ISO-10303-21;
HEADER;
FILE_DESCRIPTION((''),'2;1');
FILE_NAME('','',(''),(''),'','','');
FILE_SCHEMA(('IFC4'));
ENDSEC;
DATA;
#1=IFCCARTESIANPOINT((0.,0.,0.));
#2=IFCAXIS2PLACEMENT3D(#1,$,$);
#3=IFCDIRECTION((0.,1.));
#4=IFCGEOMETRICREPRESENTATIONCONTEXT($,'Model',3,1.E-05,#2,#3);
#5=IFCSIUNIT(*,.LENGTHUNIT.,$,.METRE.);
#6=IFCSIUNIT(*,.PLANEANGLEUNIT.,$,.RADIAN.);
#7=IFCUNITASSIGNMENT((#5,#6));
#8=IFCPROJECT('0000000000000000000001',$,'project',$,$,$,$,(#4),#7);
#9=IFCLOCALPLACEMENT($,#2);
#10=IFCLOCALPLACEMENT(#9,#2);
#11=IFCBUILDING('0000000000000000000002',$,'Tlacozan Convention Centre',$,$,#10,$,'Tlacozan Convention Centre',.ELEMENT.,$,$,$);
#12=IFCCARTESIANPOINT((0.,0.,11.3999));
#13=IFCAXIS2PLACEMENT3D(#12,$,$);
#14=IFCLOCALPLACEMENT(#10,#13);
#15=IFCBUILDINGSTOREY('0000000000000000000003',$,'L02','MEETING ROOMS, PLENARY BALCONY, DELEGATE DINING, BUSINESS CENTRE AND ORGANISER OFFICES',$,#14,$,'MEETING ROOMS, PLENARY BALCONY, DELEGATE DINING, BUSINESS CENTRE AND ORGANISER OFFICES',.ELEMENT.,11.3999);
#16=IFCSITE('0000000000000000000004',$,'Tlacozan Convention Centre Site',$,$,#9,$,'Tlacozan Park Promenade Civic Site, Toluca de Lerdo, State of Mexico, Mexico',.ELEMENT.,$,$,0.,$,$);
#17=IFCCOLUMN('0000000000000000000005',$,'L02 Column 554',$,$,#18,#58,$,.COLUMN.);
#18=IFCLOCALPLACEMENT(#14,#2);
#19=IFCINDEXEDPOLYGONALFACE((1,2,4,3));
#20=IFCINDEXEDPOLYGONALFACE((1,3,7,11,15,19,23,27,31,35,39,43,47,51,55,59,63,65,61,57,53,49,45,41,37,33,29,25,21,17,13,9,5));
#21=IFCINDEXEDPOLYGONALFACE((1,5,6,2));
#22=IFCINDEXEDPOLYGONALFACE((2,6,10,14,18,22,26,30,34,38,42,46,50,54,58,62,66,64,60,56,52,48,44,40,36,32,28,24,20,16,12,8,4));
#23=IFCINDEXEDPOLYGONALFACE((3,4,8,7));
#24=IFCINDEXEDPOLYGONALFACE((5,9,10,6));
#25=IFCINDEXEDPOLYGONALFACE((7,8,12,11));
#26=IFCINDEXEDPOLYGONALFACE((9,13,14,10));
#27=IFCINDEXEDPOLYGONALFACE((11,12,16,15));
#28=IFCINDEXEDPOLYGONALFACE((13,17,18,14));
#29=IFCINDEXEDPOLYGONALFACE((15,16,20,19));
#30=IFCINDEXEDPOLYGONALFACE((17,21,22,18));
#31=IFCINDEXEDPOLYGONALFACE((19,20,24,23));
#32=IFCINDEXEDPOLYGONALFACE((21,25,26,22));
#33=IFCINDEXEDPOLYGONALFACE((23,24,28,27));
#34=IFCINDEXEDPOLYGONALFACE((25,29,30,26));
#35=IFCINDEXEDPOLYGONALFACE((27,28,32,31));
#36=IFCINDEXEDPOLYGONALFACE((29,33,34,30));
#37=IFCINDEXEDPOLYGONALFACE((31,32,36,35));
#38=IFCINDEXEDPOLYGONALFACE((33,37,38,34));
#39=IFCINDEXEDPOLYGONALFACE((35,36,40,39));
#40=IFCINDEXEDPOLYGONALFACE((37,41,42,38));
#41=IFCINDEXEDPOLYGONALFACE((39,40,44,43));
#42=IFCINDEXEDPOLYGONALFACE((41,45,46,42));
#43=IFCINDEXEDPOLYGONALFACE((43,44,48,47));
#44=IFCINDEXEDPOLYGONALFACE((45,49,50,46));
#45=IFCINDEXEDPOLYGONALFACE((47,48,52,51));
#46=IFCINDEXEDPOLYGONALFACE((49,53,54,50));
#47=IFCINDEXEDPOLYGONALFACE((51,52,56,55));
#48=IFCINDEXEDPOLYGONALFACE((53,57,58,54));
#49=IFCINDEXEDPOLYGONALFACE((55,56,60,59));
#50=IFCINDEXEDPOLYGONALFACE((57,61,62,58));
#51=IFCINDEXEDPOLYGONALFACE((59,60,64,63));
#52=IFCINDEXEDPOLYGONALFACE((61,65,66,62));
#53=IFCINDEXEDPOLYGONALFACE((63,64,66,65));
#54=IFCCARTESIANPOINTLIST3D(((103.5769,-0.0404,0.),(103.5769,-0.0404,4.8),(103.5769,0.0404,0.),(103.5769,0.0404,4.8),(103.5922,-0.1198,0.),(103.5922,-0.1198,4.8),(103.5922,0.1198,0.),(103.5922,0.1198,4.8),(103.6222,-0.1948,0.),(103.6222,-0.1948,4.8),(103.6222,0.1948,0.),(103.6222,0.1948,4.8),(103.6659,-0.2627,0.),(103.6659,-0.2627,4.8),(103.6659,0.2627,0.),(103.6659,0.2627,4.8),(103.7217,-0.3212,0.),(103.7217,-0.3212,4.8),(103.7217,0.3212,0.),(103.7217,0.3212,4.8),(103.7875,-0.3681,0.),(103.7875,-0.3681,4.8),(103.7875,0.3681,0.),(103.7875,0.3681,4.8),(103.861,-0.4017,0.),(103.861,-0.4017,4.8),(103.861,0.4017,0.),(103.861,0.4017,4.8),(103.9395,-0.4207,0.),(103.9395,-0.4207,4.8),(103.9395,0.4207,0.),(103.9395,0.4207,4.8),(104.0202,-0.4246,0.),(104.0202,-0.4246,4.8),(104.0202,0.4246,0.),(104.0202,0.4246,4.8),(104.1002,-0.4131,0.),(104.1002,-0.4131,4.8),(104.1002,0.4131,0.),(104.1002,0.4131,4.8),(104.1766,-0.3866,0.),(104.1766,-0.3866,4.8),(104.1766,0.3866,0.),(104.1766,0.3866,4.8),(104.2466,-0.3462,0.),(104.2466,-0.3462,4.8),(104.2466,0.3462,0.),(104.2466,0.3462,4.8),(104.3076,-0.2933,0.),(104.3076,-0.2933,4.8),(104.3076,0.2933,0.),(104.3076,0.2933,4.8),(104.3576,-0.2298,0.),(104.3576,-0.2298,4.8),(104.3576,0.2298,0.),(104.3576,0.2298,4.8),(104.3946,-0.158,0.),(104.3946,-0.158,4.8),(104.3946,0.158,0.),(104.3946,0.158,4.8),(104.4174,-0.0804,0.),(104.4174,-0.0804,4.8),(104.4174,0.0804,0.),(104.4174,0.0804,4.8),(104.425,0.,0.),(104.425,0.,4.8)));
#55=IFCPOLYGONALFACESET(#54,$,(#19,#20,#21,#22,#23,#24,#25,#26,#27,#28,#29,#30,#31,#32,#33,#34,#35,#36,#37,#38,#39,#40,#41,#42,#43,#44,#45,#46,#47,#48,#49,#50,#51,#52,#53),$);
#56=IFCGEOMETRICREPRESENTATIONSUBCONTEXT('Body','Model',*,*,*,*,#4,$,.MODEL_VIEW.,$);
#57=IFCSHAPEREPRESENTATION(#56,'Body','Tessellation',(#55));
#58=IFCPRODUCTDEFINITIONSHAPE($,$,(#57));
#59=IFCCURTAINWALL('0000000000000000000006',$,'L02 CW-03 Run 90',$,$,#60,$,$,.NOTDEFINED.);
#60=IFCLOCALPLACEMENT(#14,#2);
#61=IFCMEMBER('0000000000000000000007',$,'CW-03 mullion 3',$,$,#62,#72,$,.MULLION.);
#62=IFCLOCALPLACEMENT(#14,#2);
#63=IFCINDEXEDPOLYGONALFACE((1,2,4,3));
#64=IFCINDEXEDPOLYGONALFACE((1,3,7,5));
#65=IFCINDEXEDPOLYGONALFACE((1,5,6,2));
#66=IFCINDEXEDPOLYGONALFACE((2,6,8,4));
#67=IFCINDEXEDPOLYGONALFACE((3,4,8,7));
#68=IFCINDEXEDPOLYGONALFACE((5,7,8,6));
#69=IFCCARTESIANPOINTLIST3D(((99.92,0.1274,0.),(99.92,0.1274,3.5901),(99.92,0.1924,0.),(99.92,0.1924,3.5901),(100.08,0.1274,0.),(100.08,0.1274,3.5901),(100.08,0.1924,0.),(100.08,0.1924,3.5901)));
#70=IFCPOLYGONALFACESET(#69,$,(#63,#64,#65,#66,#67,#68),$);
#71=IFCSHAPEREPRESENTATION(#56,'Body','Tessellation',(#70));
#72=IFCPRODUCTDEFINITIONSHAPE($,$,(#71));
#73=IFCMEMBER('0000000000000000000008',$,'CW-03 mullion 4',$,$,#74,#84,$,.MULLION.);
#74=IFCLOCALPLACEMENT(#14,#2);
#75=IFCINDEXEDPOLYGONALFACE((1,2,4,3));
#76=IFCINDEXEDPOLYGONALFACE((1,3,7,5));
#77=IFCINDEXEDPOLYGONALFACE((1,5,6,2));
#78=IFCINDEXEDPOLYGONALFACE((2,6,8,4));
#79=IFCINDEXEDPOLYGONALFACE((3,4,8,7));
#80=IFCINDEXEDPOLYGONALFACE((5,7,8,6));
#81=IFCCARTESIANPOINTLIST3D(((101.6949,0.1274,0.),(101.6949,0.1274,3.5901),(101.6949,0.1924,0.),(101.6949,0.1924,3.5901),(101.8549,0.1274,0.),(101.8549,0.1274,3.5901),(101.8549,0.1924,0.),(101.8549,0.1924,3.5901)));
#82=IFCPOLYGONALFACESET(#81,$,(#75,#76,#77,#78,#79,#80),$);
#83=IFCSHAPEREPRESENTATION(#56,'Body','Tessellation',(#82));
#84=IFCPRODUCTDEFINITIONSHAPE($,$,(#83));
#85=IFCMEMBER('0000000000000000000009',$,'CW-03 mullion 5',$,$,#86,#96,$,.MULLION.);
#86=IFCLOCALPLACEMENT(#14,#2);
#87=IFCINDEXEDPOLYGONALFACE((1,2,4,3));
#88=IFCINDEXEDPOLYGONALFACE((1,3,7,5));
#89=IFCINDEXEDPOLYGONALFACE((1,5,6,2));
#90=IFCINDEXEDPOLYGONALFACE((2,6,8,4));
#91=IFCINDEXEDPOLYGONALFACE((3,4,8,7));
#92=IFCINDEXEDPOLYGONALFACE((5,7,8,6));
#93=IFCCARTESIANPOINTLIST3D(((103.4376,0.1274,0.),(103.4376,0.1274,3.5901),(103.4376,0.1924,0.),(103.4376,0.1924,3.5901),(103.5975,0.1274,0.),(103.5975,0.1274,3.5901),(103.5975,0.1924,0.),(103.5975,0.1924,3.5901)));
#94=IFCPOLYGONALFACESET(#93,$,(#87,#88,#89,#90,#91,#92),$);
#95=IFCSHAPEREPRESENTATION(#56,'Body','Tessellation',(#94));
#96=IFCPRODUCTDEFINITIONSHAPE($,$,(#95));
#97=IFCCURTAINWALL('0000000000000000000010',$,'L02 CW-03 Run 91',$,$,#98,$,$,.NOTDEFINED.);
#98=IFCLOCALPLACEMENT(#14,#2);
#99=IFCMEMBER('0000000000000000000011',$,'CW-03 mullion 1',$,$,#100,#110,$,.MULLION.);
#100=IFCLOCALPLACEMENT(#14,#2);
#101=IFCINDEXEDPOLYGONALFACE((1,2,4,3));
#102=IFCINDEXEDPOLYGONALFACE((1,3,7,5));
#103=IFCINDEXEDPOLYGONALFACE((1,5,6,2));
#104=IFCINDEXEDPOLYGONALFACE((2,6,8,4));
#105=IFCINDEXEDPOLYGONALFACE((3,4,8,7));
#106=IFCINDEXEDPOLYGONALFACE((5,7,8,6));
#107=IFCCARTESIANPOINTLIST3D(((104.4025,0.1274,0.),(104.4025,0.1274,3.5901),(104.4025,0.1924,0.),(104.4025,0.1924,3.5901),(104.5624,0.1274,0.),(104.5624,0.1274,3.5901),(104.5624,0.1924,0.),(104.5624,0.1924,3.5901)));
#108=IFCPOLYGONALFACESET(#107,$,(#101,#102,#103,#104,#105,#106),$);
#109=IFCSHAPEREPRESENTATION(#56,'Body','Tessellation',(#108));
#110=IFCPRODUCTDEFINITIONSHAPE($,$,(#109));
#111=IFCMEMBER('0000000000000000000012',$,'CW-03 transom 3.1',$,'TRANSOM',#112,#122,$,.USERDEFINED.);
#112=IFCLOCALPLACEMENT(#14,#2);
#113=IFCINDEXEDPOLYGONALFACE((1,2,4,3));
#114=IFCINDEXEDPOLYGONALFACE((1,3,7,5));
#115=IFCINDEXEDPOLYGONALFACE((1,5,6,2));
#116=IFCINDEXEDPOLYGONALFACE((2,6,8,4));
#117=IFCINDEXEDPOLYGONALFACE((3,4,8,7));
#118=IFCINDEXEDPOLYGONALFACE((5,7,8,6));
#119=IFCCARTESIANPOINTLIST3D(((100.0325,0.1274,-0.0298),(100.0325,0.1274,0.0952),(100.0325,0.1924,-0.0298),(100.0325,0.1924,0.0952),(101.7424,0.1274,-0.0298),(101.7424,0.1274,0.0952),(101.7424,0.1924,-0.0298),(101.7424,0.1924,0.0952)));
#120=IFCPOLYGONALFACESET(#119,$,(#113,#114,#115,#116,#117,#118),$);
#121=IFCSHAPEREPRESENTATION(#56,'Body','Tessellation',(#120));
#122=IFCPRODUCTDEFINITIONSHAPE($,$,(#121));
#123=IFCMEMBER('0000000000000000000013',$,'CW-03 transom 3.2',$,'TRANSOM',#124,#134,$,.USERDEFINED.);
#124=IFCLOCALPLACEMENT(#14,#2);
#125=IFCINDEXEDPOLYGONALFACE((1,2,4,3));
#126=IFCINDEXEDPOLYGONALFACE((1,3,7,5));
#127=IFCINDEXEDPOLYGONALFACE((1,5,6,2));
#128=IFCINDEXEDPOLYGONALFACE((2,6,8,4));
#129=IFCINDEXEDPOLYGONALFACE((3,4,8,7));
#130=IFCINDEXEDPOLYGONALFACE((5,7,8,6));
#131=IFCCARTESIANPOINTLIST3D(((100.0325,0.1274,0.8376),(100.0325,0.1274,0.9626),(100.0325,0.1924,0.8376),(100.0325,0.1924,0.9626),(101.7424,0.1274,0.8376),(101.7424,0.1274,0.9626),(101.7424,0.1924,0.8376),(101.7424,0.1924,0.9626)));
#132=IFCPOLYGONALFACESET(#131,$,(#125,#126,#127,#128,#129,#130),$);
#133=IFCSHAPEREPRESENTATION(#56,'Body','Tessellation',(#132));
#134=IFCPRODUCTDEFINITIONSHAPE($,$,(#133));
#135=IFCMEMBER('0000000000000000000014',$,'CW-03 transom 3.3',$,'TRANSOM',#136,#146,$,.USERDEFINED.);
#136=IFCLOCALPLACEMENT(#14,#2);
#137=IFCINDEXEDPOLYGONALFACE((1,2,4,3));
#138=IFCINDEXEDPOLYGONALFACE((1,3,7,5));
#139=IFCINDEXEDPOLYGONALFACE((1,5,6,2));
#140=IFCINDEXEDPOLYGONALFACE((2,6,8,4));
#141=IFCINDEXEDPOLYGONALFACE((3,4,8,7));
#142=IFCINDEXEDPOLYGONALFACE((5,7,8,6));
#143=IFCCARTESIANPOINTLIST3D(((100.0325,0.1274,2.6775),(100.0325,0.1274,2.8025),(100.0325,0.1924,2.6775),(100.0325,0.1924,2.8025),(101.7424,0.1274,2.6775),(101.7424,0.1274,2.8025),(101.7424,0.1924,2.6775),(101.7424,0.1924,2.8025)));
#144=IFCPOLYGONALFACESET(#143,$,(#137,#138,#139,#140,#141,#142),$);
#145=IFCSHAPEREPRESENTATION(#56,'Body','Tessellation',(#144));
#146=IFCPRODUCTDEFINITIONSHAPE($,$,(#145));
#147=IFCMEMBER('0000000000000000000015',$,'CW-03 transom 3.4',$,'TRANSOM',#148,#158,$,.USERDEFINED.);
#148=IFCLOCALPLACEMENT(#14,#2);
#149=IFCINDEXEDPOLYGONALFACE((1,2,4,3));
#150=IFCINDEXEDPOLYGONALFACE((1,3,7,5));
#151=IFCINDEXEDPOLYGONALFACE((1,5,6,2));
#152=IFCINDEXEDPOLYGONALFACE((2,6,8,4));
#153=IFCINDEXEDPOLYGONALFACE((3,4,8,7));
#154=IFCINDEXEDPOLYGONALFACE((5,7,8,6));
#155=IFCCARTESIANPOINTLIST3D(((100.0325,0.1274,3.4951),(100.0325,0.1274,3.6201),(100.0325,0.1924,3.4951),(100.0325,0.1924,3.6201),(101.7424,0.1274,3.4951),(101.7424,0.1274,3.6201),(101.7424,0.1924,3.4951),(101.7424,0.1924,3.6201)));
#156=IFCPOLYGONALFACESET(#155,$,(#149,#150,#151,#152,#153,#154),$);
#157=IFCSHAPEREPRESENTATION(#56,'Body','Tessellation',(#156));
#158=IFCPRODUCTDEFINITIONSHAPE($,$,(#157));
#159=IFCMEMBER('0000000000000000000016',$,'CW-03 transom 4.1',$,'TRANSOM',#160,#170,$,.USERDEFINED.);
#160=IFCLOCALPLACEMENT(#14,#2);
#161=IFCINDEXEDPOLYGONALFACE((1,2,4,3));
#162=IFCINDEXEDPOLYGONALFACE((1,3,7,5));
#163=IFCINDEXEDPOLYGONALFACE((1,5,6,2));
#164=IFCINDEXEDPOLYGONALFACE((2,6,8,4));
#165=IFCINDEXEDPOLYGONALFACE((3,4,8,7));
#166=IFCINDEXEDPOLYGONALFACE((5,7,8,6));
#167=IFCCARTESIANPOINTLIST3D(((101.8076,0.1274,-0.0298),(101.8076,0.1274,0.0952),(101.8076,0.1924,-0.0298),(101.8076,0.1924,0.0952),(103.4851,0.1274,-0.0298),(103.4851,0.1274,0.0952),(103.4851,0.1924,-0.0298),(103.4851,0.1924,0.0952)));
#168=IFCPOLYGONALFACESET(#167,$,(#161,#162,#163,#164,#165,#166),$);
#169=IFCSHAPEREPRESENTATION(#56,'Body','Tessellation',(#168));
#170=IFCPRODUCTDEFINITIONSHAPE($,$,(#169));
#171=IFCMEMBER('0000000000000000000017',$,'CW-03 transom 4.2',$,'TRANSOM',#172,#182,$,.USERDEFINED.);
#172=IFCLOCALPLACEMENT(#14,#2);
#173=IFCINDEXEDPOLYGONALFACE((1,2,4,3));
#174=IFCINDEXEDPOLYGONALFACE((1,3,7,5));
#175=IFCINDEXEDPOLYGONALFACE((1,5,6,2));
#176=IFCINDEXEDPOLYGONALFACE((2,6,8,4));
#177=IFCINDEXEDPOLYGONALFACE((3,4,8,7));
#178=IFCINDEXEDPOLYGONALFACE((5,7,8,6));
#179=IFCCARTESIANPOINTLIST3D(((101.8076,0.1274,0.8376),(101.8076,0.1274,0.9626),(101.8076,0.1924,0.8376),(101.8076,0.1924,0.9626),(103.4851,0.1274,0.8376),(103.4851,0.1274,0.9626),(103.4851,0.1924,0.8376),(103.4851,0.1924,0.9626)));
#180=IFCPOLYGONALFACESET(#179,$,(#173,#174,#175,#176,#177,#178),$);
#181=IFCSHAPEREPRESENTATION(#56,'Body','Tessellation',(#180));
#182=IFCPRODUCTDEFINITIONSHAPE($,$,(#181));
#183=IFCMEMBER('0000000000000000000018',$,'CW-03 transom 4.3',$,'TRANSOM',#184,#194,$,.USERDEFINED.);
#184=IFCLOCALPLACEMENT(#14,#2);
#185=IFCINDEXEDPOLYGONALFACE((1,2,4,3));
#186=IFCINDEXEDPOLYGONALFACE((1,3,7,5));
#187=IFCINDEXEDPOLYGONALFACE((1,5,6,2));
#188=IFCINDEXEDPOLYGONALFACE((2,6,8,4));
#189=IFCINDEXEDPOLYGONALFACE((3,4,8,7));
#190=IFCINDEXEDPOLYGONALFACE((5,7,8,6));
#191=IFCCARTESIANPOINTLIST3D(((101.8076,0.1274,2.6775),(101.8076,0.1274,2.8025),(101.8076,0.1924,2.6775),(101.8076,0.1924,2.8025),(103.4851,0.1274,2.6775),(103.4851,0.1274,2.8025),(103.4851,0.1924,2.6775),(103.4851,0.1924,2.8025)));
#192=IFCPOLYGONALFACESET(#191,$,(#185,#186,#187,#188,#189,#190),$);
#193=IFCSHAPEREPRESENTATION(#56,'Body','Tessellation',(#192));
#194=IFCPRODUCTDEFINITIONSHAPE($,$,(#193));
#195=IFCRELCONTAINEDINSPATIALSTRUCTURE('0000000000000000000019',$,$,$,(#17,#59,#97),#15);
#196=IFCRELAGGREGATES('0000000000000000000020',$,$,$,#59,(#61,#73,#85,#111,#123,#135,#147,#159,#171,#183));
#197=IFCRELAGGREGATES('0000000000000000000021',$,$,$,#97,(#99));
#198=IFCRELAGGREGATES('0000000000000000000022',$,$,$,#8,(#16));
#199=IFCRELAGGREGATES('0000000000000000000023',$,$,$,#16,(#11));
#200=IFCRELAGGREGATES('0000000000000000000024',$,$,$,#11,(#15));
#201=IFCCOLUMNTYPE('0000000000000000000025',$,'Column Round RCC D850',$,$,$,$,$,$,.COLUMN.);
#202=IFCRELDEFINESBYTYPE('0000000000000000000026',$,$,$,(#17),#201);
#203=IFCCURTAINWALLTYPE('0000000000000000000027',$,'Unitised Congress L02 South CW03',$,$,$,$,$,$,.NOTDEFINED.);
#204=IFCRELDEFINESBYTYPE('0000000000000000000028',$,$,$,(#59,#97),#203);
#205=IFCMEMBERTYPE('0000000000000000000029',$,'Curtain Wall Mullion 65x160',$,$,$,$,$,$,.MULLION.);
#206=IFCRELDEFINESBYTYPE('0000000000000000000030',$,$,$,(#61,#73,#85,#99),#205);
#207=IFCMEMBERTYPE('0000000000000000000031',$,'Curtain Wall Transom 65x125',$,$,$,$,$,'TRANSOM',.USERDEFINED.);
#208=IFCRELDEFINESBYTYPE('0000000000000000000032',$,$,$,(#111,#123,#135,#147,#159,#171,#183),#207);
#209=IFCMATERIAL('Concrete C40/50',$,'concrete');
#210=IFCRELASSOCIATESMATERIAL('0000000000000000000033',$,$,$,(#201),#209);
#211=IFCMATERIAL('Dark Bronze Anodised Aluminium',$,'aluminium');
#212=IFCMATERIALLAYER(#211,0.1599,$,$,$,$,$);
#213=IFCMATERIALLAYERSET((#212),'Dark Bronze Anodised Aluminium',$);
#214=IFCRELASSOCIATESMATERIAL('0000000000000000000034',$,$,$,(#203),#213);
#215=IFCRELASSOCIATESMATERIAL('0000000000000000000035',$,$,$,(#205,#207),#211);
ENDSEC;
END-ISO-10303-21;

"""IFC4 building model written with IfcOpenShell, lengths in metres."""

from ifc_helpers import new_model, si_unit, direction, frame, origin, origin_2d, place, context, subcontext, project, spatial, rectangle, circle, extrude, material, layer, layer_set, material_profile, profile_set, type_object, element, aggregate, save


model = new_model("IFC4")

# Units and contexts
model_context = context("Model", 3, precision=1e-05, world=origin(), true_north=direction((0.0, 1.0)))
body_context = subcontext(model_context, "Body", "Model", "MODEL_VIEW")
ifc_project = project(units=[si_unit("LENGTHUNIT", "METRE"), si_unit("PLANEANGLEUNIT", "RADIAN")], contexts=[model_context])

# Site, building, storey
site_placement = place(None, origin())
site = spatial("IfcSite", under=ifc_project, at=site_placement, Name="Tlacozan Convention Centre Site", LongName="Tlacozan Park Promenade Civic Site, Toluca de Lerdo, State of Mexico, Mexico", CompositionType="ELEMENT", RefElevation=0.0)
building_placement = place(site_placement, origin())
building = spatial("IfcBuilding", under=site, at=building_placement, Name="Tlacozan Convention Centre", LongName="Tlacozan Convention Centre", CompositionType="ELEMENT")
storey_placement = place(building_placement, frame((0.0, 0.0, 11.3999)))
storey = spatial("IfcBuildingStorey", under=building, at=storey_placement, Name="L02", Description="MEETING ROOMS, PLENARY BALCONY, DELEGATE DINING, BUSINESS CENTRE AND ORGANISER OFFICES", LongName="MEETING ROOMS, PLENARY BALCONY, DELEGATE DINING, BUSINESS CENTRE AND ORGANISER OFFICES", CompositionType="ELEMENT", Elevation=11.3999)

# Column
ifc_material_1 = material(Name="Concrete C40/50", Category="concrete")
ifc_material_profile_1 = material_profile(ifc_material_1, circle(Radius=0.425, at=origin_2d()), Name="RCC D850")
ifc_profile_set_1 = profile_set([ifc_material_profile_1], Name="Concrete C40/50")
column_type = type_object("IfcColumnType", Name="Column Round RCC D850", PredefinedType="COLUMN", material=ifc_profile_set_1)
column_placement = place(storey_placement, frame((104.0, 0.0, 0.0), z_axis=(0.0, 0.0, 1.0), x_axis=(1.0, 0.0, 0.0)))
element("IfcColumn", 1, at=column_placement, inside=storey, type_object=column_type, Name="L02 Column 554", PredefinedType="COLUMN", context=body_context, shape_type="SweptSolid", body=[
    extrude(circle(Radius=0.425, at=origin_2d()), origin(), (0.0, 0.0, 1.0), 4.8),
])

# Curtain wall, members
ifc_material_2 = material(Name="Dark Bronze Anodised Aluminium", Category="aluminium")
ifc_layer_1 = layer(ifc_material_2, 0.1599)
ifc_layer_set_1 = layer_set([ifc_layer_1], Name="Dark Bronze Anodised Aluminium")
curtain_wall_type = type_object("IfcCurtainWallType", Name="Unitised Congress L02 South CW03", PredefinedType="NOTDEFINED", material=ifc_layer_set_1)
curtain_wall_1_placement = place(storey_placement, origin())
curtain_wall_1 = element("IfcCurtainWall", 2, at=curtain_wall_1_placement, inside=storey, type_object=curtain_wall_type, Name="L02 CW-03 Run 90", PredefinedType="NOTDEFINED")
ifc_material_profile_2 = material_profile(ifc_material_2, rectangle(XDim=0.0649, YDim=0.1599, at=origin_2d()), Name="ALU 65x160")
ifc_profile_set_2 = profile_set([ifc_material_profile_2], Name="Dark Bronze Anodised Aluminium")
member_type_1 = type_object("IfcMemberType", Name="Curtain Wall Mullion 65x160", PredefinedType="MULLION", material=ifc_profile_set_2)
member_1_placement = place(storey_placement, frame((100.0, 0.1599, 0.0), z_axis=(0.0, 0.0, 1.0), x_axis=(0.0, 1.0, 0.0)))
member_1 = element("IfcMember", 3, at=member_1_placement, type_object=member_type_1, Name="CW-03 mullion 3", PredefinedType="MULLION", context=body_context, shape_type="SweptSolid", body=[
    extrude(rectangle(XDim=0.0649, YDim=0.1599, at=origin_2d()), origin(), (0.0, 0.0, 1.0), 3.5901),
])
member_2_placement = place(storey_placement, frame((101.7749, 0.1599, 0.0), z_axis=(0.0, 0.0, 1.0), x_axis=(0.0, 1.0, 0.0)))
member_2 = element("IfcMember", 4, at=member_2_placement, type_object=member_type_1, Name="CW-03 mullion 4", PredefinedType="MULLION", context=body_context, shape_type="SweptSolid", body=[
    extrude(rectangle(XDim=0.0649, YDim=0.1599, at=origin_2d()), origin(), (0.0, 0.0, 1.0), 3.5901),
])
member_3_placement = place(storey_placement, frame((103.5176, 0.1599, 0.0), z_axis=(0.0, 0.0, 1.0), x_axis=(0.0, 1.0, 0.0)))
member_3 = element("IfcMember", 5, at=member_3_placement, type_object=member_type_1, Name="CW-03 mullion 5", PredefinedType="MULLION", context=body_context, shape_type="SweptSolid", body=[
    extrude(rectangle(XDim=0.0649, YDim=0.1599, at=origin_2d()), origin(), (0.0, 0.0, 1.0), 3.5901),
])

# Curtain wall, member
curtain_wall_2_placement = place(storey_placement, origin())
curtain_wall_2 = element("IfcCurtainWall", 6, at=curtain_wall_2_placement, inside=storey, type_object=curtain_wall_type, Name="L02 CW-03 Run 91", PredefinedType="NOTDEFINED")
member_4_placement = place(storey_placement, frame((104.4824, 0.1599, 0.0), z_axis=(0.0, 0.0, 1.0), x_axis=(0.0, 1.0, 0.0)))
member_4 = element("IfcMember", 7, at=member_4_placement, type_object=member_type_1, Name="CW-03 mullion 1", PredefinedType="MULLION", context=body_context, shape_type="SweptSolid", body=[
    extrude(rectangle(XDim=0.0649, YDim=0.1599, at=origin_2d()), origin(), (0.0, 0.0, 1.0), 3.5901),
])

# Members
ifc_material_profile_3 = material_profile(ifc_material_2, rectangle(XDim=0.0649, YDim=0.125, at=origin_2d()), Name="ALU 65x125")
ifc_profile_set_3 = profile_set([ifc_material_profile_3], Name="Dark Bronze Anodised Aluminium")
member_type_2 = type_object("IfcMemberType", Name="Curtain Wall Transom 65x125", ElementType="TRANSOM", PredefinedType="USERDEFINED", material=ifc_profile_set_3)
member_5_placement = place(storey_placement, frame((100.0325, 0.1599, 0.0327), z_axis=(1.0, 0.0, 0.0), x_axis=(0.0, 1.0, 0.0)))
member_5 = element("IfcMember", 8, at=member_5_placement, type_object=member_type_2, Name="CW-03 transom 3.1", ObjectType="TRANSOM", PredefinedType="USERDEFINED", context=body_context, shape_type="SweptSolid", body=[
    extrude(rectangle(XDim=0.0649, YDim=0.125, at=origin_2d()), origin(), (0.0, 0.0, 1.0), 1.71),
])
member_6_placement = place(storey_placement, frame((100.0325, 0.1599, 0.9001), z_axis=(1.0, 0.0, 0.0), x_axis=(0.0, 1.0, 0.0)))
member_6 = element("IfcMember", 9, at=member_6_placement, type_object=member_type_2, Name="CW-03 transom 3.2", ObjectType="TRANSOM", PredefinedType="USERDEFINED", context=body_context, shape_type="SweptSolid", body=[
    extrude(rectangle(XDim=0.0649, YDim=0.125, at=origin_2d()), origin(), (0.0, 0.0, 1.0), 1.71),
])
member_7_placement = place(storey_placement, frame((100.0325, 0.1599, 2.74), z_axis=(1.0, 0.0, 0.0), x_axis=(0.0, 1.0, 0.0)))
member_7 = element("IfcMember", 10, at=member_7_placement, type_object=member_type_2, Name="CW-03 transom 3.3", ObjectType="TRANSOM", PredefinedType="USERDEFINED", context=body_context, shape_type="SweptSolid", body=[
    extrude(rectangle(XDim=0.0649, YDim=0.125, at=origin_2d()), origin(), (0.0, 0.0, 1.0), 1.71),
])
member_8_placement = place(storey_placement, frame((100.0325, 0.1599, 3.5576), z_axis=(1.0, 0.0, 0.0), x_axis=(0.0, 1.0, 0.0)))
member_8 = element("IfcMember", 11, at=member_8_placement, type_object=member_type_2, Name="CW-03 transom 3.4", ObjectType="TRANSOM", PredefinedType="USERDEFINED", context=body_context, shape_type="SweptSolid", body=[
    extrude(rectangle(XDim=0.0649, YDim=0.125, at=origin_2d()), origin(), (0.0, 0.0, 1.0), 1.71),
])
member_9_placement = place(storey_placement, frame((101.8076, 0.1599, 0.0327), z_axis=(1.0, 0.0, 0.0), x_axis=(0.0, 1.0, 0.0)))
member_9 = element("IfcMember", 12, at=member_9_placement, type_object=member_type_2, Name="CW-03 transom 4.1", ObjectType="TRANSOM", PredefinedType="USERDEFINED", context=body_context, shape_type="SweptSolid", body=[
    extrude(rectangle(XDim=0.0649, YDim=0.125, at=origin_2d()), origin(), (0.0, 0.0, 1.0), 1.6775),
])
member_10_placement = place(storey_placement, frame((101.8076, 0.1599, 0.9001), z_axis=(1.0, 0.0, 0.0), x_axis=(0.0, 1.0, 0.0)))
member_10 = element("IfcMember", 13, at=member_10_placement, type_object=member_type_2, Name="CW-03 transom 4.2", ObjectType="TRANSOM", PredefinedType="USERDEFINED", context=body_context, shape_type="SweptSolid", body=[
    extrude(rectangle(XDim=0.0649, YDim=0.125, at=origin_2d()), origin(), (0.0, 0.0, 1.0), 1.6775),
])
member_11_placement = place(storey_placement, frame((101.8076, 0.1599, 2.74), z_axis=(1.0, 0.0, 0.0), x_axis=(0.0, 1.0, 0.0)))
member_11 = element("IfcMember", 14, at=member_11_placement, type_object=member_type_2, Name="CW-03 transom 4.3", ObjectType="TRANSOM", PredefinedType="USERDEFINED", context=body_context, shape_type="SweptSolid", body=[
    extrude(rectangle(XDim=0.0649, YDim=0.125, at=origin_2d()), origin(), (0.0, 0.0, 1.0), 1.6775),
])

aggregate(curtain_wall_1, [member_1, member_2, member_3, member_5, member_6, member_7, member_8, member_9, member_10, member_11])
aggregate(curtain_wall_2, [member_4])

save(model, "model.ifc")
